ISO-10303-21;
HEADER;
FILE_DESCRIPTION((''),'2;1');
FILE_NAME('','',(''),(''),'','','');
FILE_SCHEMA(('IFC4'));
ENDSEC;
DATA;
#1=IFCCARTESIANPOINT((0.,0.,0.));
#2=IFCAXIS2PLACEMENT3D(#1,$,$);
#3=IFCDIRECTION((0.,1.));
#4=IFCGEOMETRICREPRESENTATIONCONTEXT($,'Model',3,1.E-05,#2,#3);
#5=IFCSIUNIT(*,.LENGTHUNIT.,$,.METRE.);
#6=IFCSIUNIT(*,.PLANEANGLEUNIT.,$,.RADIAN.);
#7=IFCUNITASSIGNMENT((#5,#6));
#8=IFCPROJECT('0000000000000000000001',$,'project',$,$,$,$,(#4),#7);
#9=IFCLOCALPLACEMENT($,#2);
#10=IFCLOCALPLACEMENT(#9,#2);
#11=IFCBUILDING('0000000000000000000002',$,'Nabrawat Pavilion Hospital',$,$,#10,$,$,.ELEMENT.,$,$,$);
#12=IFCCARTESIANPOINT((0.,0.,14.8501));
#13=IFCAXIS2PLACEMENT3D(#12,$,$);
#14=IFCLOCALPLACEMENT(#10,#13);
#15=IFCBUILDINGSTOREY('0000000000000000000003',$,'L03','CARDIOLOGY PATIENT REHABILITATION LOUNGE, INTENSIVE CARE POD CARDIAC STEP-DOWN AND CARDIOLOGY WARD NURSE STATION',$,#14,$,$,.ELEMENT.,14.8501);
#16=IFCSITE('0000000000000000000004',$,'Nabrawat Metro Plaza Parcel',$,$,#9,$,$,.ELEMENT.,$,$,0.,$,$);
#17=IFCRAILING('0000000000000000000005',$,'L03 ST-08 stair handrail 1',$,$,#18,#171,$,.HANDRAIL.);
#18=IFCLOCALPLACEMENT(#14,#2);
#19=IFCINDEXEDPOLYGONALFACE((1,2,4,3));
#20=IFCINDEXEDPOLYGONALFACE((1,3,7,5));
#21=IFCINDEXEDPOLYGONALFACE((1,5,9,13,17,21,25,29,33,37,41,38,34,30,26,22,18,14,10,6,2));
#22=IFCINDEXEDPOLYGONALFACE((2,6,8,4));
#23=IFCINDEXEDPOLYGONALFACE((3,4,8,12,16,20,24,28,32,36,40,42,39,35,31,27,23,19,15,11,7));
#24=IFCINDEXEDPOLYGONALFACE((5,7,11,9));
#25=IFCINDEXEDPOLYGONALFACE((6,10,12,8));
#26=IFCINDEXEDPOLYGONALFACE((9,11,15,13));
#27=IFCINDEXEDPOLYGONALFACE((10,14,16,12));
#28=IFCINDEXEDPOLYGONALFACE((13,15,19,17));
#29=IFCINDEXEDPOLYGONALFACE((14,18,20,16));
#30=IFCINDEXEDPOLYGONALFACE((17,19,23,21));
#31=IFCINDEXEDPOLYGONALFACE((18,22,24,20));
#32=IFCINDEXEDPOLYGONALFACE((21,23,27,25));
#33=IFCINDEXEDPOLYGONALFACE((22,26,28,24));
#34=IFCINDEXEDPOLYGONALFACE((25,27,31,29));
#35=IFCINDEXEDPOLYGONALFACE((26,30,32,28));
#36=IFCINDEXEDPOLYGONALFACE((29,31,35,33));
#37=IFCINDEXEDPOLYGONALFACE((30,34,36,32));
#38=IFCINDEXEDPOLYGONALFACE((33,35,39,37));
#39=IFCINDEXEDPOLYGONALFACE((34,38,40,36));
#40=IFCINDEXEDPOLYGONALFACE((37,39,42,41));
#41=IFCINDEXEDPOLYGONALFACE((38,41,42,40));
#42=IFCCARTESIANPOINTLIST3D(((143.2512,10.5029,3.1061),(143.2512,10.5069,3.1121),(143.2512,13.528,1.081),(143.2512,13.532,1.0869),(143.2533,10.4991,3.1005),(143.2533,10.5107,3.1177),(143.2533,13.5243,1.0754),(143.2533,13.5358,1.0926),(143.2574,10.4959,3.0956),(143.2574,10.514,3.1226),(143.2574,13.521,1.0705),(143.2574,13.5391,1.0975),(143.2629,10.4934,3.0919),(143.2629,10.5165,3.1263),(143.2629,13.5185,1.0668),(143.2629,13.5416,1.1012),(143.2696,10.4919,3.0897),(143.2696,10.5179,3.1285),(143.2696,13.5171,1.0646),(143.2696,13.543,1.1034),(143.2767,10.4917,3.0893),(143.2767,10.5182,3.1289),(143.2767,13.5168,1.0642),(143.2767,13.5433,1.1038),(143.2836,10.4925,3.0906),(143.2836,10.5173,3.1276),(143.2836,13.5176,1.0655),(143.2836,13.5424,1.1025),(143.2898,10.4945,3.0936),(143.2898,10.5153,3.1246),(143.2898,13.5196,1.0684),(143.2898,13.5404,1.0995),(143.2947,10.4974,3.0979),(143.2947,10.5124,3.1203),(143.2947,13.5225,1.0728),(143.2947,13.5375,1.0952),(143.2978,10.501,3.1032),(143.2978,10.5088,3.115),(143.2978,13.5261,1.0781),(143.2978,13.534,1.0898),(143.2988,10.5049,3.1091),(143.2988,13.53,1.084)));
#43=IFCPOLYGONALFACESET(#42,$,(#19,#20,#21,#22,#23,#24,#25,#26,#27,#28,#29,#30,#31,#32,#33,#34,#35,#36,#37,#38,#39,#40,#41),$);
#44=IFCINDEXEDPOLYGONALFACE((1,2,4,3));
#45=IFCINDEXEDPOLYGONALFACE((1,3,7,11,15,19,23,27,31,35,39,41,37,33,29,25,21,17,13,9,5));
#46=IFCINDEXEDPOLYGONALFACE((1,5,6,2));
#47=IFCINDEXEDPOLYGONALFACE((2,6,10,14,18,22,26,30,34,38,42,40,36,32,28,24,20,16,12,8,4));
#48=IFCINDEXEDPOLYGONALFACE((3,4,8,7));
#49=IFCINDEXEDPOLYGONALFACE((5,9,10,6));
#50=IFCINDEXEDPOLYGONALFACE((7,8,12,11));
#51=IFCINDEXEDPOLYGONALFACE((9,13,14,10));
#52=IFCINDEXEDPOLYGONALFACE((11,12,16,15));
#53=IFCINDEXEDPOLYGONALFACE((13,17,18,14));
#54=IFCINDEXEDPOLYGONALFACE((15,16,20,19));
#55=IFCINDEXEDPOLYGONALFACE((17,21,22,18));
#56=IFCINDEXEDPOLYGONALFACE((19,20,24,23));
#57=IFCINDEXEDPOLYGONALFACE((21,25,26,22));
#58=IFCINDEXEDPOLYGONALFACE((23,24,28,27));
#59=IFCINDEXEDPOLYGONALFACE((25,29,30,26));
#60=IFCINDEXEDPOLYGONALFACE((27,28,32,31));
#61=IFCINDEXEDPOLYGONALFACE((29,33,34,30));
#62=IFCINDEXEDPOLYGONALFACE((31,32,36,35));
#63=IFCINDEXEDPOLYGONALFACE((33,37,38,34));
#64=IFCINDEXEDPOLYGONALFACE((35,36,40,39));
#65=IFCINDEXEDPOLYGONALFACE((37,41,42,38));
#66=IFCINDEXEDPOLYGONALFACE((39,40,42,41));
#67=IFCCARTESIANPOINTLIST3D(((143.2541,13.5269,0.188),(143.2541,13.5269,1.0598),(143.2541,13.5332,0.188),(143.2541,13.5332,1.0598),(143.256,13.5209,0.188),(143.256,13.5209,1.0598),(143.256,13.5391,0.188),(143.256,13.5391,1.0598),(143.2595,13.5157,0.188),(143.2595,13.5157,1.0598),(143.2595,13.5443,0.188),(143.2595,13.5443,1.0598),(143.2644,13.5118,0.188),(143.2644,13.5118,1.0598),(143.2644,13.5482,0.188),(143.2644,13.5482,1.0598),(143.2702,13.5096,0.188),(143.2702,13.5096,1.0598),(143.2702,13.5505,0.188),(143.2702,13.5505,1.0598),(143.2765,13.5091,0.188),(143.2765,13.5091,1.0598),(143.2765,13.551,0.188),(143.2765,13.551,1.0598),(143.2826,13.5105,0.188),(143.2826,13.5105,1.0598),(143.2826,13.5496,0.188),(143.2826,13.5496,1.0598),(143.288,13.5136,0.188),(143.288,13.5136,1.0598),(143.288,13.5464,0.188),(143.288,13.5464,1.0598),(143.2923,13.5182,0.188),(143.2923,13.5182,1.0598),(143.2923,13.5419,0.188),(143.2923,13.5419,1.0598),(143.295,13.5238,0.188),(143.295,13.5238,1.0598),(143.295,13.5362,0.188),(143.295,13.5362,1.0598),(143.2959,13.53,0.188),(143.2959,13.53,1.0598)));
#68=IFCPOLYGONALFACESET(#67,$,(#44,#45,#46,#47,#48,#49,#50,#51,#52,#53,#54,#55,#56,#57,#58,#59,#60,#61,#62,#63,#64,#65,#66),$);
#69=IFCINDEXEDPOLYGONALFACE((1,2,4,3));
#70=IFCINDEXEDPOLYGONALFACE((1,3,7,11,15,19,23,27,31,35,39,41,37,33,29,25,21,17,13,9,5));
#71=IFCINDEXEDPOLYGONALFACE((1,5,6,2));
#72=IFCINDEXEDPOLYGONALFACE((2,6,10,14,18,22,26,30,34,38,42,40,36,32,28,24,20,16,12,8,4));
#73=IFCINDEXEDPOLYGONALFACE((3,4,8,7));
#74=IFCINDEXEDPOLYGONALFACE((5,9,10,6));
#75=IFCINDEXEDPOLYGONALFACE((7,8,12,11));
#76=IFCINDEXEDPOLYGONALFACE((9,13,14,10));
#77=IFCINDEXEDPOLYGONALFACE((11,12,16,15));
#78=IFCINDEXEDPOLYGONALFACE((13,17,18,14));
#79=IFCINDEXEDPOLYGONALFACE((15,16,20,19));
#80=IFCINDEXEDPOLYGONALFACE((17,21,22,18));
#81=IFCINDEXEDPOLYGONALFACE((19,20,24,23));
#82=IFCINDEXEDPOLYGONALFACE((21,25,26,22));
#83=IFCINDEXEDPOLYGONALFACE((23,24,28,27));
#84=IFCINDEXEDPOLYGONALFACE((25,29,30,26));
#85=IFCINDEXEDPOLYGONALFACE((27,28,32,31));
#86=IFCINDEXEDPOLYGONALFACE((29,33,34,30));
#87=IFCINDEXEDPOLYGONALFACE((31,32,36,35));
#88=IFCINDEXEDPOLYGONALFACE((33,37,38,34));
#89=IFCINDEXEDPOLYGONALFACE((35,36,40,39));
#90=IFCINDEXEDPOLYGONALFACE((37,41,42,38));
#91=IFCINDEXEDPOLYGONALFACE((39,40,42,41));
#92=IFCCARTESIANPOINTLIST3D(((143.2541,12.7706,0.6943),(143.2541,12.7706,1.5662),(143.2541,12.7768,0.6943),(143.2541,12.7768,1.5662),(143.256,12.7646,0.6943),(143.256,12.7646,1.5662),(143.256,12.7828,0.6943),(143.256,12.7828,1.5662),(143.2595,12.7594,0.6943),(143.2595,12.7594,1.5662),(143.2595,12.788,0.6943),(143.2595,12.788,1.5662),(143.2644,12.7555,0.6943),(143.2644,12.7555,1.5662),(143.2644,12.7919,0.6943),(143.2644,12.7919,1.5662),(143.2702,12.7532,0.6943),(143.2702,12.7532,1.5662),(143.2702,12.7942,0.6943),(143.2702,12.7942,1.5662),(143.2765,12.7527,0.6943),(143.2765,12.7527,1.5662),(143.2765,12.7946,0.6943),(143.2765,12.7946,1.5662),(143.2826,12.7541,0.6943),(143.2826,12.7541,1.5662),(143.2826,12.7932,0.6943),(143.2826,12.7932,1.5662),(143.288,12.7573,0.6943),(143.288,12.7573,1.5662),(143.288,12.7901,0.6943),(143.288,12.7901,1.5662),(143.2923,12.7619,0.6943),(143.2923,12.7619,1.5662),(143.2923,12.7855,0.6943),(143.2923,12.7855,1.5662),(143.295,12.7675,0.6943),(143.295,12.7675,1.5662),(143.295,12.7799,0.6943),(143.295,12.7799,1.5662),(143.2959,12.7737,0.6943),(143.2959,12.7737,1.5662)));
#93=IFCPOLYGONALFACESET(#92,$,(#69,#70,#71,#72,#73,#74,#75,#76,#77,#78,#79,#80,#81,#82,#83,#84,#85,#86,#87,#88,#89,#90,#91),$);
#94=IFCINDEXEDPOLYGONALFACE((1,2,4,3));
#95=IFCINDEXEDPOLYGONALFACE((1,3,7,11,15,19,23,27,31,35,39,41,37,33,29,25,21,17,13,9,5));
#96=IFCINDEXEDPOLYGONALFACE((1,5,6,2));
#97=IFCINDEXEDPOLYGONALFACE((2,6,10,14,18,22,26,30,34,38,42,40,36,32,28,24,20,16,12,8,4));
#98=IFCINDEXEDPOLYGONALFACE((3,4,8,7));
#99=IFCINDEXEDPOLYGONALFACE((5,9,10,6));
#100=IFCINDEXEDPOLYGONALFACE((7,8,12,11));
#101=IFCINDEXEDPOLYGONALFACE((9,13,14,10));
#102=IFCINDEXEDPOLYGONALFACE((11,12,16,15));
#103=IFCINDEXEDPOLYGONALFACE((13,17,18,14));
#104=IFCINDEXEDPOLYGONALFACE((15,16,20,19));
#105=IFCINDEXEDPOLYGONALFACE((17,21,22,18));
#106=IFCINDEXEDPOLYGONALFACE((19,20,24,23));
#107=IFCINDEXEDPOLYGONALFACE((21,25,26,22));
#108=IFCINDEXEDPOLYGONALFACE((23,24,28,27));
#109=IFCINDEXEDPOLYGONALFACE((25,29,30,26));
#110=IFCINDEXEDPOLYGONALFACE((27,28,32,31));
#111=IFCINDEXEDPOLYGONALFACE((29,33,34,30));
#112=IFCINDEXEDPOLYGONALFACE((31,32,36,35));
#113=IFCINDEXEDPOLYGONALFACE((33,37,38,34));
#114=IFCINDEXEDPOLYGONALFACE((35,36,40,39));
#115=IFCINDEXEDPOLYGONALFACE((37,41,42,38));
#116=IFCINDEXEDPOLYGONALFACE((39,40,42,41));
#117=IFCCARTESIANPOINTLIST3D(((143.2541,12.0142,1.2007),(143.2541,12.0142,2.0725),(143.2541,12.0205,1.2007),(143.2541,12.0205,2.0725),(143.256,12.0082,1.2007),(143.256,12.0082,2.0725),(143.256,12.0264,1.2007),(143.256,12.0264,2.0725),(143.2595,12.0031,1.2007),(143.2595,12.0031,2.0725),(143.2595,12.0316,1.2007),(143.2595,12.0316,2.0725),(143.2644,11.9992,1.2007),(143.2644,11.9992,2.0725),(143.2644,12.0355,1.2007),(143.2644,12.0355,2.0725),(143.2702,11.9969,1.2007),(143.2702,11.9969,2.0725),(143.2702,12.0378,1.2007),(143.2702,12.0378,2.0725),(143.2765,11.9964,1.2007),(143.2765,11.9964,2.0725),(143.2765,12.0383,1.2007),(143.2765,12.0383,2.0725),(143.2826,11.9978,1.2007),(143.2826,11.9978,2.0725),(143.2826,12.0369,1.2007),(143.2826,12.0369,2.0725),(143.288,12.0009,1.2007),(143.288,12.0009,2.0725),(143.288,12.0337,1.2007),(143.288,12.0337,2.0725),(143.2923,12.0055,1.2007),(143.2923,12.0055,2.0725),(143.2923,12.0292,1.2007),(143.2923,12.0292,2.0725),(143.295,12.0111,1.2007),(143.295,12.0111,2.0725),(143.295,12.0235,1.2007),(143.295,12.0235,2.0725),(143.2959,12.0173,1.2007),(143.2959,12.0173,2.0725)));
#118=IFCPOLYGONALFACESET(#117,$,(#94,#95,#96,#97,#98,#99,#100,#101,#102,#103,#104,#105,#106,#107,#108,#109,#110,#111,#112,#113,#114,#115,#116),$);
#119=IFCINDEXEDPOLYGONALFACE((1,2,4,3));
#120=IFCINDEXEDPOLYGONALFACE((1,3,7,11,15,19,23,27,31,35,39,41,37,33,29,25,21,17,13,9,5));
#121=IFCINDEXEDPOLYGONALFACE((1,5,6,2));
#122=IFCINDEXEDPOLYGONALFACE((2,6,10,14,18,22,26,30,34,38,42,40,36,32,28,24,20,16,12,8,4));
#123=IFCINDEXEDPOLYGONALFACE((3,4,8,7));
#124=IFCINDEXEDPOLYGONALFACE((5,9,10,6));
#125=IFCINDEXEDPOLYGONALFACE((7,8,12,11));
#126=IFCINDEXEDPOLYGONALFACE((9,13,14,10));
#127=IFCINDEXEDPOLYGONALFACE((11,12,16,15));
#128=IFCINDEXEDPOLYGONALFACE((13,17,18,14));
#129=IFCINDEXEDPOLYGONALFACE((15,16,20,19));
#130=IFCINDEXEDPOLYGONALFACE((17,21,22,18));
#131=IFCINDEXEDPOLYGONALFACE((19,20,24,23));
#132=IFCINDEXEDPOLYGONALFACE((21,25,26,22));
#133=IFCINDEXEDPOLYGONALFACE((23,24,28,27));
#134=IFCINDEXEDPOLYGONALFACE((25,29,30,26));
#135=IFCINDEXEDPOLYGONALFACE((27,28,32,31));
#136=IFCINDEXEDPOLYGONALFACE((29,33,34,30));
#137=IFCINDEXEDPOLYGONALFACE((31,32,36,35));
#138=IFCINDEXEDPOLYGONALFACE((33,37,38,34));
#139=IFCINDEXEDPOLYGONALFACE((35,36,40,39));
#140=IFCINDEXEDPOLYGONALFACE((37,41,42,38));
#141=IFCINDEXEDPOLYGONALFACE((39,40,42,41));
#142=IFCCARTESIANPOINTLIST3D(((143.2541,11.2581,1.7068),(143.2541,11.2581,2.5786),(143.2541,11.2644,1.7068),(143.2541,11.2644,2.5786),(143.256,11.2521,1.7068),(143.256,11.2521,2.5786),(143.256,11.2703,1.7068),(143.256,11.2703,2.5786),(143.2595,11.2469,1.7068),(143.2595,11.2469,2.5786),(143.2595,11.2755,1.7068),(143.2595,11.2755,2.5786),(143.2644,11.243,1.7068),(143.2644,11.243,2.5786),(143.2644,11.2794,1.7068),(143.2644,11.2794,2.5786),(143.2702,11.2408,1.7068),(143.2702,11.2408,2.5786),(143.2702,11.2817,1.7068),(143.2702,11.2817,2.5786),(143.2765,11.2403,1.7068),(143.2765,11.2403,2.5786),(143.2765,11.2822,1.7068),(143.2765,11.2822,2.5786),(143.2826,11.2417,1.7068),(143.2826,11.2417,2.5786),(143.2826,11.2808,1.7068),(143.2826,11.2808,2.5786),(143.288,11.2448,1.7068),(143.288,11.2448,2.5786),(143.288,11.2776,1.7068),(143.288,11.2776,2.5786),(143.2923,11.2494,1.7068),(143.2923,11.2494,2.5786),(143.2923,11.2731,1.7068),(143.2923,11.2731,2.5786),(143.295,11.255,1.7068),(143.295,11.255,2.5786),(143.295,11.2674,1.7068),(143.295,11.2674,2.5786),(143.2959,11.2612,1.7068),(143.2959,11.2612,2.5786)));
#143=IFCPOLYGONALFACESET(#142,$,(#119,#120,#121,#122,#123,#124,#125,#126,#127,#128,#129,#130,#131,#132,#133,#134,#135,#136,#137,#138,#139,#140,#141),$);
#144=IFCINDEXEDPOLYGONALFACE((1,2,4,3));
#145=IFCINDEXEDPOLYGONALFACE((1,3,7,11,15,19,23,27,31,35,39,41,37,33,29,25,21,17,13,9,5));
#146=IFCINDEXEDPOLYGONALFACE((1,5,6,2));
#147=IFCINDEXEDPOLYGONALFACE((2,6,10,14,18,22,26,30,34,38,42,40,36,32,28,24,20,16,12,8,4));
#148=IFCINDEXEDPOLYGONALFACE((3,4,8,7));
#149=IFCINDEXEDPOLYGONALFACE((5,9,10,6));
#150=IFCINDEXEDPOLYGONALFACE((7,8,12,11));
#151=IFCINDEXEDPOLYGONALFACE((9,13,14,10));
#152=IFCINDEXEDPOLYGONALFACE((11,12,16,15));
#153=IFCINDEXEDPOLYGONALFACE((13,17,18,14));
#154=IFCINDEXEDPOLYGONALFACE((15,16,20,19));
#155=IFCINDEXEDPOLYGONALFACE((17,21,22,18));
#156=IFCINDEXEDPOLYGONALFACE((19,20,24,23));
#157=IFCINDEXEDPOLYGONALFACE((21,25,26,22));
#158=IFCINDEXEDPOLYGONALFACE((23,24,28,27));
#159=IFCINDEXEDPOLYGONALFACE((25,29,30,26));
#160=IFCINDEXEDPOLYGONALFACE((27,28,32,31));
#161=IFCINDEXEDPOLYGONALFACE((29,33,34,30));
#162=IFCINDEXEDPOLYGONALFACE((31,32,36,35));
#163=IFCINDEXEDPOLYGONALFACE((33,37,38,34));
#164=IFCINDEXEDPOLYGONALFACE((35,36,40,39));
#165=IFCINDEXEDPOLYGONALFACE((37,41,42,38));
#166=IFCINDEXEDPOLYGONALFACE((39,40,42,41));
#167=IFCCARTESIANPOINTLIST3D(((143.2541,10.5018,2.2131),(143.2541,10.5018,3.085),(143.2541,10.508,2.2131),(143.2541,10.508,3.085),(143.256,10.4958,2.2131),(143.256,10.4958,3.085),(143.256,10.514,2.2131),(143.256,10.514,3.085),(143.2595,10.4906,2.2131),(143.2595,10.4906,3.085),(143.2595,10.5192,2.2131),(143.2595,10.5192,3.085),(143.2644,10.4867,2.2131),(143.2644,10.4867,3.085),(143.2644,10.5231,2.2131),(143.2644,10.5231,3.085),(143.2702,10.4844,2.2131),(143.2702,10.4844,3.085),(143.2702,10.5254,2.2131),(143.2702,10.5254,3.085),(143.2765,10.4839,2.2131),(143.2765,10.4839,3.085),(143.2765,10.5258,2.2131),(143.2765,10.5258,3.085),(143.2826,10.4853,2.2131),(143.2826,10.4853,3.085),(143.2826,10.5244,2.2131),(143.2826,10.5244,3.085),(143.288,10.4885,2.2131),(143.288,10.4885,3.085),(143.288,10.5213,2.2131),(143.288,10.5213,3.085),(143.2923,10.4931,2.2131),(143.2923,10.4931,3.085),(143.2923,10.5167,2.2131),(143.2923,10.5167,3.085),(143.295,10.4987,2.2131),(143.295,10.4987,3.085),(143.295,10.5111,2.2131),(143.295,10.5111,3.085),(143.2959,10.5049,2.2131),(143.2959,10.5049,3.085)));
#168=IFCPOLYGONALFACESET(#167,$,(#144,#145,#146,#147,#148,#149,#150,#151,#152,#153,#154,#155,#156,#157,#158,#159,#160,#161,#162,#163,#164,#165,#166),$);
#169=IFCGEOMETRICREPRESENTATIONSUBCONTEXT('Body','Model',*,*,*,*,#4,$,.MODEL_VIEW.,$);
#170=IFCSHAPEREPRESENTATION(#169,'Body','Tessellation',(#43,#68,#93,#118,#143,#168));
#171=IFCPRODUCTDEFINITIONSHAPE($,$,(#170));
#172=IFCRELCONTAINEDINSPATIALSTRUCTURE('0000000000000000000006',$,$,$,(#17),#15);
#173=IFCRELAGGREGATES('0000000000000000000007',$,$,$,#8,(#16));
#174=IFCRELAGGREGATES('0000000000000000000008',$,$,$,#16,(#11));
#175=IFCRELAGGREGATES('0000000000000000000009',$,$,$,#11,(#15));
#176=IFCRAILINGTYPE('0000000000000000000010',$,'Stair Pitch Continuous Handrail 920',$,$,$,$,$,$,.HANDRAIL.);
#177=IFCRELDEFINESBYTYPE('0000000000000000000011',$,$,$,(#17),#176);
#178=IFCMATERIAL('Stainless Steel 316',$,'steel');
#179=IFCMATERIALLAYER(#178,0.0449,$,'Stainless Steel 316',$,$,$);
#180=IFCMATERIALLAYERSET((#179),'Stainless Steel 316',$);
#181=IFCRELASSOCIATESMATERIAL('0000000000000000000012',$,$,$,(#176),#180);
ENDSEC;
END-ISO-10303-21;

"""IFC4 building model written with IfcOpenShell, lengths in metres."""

from ifc_helpers import new_model, si_unit, direction, frame, origin, origin_2d, place, context, subcontext, project, spatial, circle, extrude, material, layer, layer_set, type_object, element, save


model = new_model("IFC4")

# Units and contexts
model_context = context("Model", 3, precision=1e-05, world=origin(), true_north=direction((0.0, 1.0)))
body_context = subcontext(model_context, "Body", "Model", "MODEL_VIEW")
ifc_project = project(units=[si_unit("LENGTHUNIT", "METRE"), si_unit("PLANEANGLEUNIT", "RADIAN")], contexts=[model_context])

# Site, building, storey
site_placement = place(None, origin())
site = spatial("IfcSite", under=ifc_project, at=site_placement, Name="Nabrawat Metro Plaza Parcel", CompositionType="ELEMENT", RefElevation=0.0)
building_placement = place(site_placement, origin())
building = spatial("IfcBuilding", under=site, at=building_placement, Name="Nabrawat Pavilion Hospital", CompositionType="ELEMENT")
storey_placement = place(building_placement, frame((0.0, 0.0, 14.8501)))
storey = spatial("IfcBuildingStorey", under=building, at=storey_placement, Name="L03", Description="CARDIOLOGY PATIENT REHABILITATION LOUNGE, INTENSIVE CARE POD CARDIAC STEP-DOWN AND CARDIOLOGY WARD NURSE STATION", CompositionType="ELEMENT", Elevation=14.8501)

# Railing
ifc_material_1 = material(Name="Stainless Steel 316", Category="steel")
ifc_layer_1 = layer(ifc_material_1, 0.0449, Name="Stainless Steel 316")
ifc_layer_set_1 = layer_set([ifc_layer_1], Name="Stainless Steel 316")
railing_type_1 = type_object("IfcRailingType", Name="Stair Pitch Continuous Handrail 920", PredefinedType="HANDRAIL", material=ifc_layer_set_1)
railing_1_placement = place(storey_placement, frame((143.2749, 13.53, 0.188)))
element("IfcRailing", 1, at=railing_1_placement, inside=storey, type_object=railing_type_1, Name="L03 ST-08 stair handrail 1", PredefinedType="HANDRAIL", context=body_context, shape_type="SweptSolid", body=[
    extrude(circle(Radius=0.0239, at=origin_2d()), frame((0.0, 0.0, 0.896), z_axis=(0.0, -0.830986, 0.556293), x_axis=(1.0, 0.0, 0.0)), (0.0, 0.0, 1.0), 3.6404),
    extrude(circle(Radius=0.021, at=origin_2d()), origin(), (0.0, 0.0, 1.0), 0.8718),
    extrude(circle(Radius=0.021, at=origin_2d()), frame((0.0, -0.7563, 0.5063)), (0.0, 0.0, 1.0), 0.8718),
    extrude(circle(Radius=0.021, at=origin_2d()), frame((0.0, -1.5127, 1.0127)), (0.0, 0.0, 1.0), 0.8718),
    extrude(circle(Radius=0.021, at=origin_2d()), frame((0.0, -2.2688, 1.5188)), (0.0, 0.0, 1.0), 0.8718),
    extrude(circle(Radius=0.021, at=origin_2d()), frame((0.0, -3.0251, 2.0251)), (0.0, 0.0, 1.0), 0.8718),
])

save(model, "model.ifc")
